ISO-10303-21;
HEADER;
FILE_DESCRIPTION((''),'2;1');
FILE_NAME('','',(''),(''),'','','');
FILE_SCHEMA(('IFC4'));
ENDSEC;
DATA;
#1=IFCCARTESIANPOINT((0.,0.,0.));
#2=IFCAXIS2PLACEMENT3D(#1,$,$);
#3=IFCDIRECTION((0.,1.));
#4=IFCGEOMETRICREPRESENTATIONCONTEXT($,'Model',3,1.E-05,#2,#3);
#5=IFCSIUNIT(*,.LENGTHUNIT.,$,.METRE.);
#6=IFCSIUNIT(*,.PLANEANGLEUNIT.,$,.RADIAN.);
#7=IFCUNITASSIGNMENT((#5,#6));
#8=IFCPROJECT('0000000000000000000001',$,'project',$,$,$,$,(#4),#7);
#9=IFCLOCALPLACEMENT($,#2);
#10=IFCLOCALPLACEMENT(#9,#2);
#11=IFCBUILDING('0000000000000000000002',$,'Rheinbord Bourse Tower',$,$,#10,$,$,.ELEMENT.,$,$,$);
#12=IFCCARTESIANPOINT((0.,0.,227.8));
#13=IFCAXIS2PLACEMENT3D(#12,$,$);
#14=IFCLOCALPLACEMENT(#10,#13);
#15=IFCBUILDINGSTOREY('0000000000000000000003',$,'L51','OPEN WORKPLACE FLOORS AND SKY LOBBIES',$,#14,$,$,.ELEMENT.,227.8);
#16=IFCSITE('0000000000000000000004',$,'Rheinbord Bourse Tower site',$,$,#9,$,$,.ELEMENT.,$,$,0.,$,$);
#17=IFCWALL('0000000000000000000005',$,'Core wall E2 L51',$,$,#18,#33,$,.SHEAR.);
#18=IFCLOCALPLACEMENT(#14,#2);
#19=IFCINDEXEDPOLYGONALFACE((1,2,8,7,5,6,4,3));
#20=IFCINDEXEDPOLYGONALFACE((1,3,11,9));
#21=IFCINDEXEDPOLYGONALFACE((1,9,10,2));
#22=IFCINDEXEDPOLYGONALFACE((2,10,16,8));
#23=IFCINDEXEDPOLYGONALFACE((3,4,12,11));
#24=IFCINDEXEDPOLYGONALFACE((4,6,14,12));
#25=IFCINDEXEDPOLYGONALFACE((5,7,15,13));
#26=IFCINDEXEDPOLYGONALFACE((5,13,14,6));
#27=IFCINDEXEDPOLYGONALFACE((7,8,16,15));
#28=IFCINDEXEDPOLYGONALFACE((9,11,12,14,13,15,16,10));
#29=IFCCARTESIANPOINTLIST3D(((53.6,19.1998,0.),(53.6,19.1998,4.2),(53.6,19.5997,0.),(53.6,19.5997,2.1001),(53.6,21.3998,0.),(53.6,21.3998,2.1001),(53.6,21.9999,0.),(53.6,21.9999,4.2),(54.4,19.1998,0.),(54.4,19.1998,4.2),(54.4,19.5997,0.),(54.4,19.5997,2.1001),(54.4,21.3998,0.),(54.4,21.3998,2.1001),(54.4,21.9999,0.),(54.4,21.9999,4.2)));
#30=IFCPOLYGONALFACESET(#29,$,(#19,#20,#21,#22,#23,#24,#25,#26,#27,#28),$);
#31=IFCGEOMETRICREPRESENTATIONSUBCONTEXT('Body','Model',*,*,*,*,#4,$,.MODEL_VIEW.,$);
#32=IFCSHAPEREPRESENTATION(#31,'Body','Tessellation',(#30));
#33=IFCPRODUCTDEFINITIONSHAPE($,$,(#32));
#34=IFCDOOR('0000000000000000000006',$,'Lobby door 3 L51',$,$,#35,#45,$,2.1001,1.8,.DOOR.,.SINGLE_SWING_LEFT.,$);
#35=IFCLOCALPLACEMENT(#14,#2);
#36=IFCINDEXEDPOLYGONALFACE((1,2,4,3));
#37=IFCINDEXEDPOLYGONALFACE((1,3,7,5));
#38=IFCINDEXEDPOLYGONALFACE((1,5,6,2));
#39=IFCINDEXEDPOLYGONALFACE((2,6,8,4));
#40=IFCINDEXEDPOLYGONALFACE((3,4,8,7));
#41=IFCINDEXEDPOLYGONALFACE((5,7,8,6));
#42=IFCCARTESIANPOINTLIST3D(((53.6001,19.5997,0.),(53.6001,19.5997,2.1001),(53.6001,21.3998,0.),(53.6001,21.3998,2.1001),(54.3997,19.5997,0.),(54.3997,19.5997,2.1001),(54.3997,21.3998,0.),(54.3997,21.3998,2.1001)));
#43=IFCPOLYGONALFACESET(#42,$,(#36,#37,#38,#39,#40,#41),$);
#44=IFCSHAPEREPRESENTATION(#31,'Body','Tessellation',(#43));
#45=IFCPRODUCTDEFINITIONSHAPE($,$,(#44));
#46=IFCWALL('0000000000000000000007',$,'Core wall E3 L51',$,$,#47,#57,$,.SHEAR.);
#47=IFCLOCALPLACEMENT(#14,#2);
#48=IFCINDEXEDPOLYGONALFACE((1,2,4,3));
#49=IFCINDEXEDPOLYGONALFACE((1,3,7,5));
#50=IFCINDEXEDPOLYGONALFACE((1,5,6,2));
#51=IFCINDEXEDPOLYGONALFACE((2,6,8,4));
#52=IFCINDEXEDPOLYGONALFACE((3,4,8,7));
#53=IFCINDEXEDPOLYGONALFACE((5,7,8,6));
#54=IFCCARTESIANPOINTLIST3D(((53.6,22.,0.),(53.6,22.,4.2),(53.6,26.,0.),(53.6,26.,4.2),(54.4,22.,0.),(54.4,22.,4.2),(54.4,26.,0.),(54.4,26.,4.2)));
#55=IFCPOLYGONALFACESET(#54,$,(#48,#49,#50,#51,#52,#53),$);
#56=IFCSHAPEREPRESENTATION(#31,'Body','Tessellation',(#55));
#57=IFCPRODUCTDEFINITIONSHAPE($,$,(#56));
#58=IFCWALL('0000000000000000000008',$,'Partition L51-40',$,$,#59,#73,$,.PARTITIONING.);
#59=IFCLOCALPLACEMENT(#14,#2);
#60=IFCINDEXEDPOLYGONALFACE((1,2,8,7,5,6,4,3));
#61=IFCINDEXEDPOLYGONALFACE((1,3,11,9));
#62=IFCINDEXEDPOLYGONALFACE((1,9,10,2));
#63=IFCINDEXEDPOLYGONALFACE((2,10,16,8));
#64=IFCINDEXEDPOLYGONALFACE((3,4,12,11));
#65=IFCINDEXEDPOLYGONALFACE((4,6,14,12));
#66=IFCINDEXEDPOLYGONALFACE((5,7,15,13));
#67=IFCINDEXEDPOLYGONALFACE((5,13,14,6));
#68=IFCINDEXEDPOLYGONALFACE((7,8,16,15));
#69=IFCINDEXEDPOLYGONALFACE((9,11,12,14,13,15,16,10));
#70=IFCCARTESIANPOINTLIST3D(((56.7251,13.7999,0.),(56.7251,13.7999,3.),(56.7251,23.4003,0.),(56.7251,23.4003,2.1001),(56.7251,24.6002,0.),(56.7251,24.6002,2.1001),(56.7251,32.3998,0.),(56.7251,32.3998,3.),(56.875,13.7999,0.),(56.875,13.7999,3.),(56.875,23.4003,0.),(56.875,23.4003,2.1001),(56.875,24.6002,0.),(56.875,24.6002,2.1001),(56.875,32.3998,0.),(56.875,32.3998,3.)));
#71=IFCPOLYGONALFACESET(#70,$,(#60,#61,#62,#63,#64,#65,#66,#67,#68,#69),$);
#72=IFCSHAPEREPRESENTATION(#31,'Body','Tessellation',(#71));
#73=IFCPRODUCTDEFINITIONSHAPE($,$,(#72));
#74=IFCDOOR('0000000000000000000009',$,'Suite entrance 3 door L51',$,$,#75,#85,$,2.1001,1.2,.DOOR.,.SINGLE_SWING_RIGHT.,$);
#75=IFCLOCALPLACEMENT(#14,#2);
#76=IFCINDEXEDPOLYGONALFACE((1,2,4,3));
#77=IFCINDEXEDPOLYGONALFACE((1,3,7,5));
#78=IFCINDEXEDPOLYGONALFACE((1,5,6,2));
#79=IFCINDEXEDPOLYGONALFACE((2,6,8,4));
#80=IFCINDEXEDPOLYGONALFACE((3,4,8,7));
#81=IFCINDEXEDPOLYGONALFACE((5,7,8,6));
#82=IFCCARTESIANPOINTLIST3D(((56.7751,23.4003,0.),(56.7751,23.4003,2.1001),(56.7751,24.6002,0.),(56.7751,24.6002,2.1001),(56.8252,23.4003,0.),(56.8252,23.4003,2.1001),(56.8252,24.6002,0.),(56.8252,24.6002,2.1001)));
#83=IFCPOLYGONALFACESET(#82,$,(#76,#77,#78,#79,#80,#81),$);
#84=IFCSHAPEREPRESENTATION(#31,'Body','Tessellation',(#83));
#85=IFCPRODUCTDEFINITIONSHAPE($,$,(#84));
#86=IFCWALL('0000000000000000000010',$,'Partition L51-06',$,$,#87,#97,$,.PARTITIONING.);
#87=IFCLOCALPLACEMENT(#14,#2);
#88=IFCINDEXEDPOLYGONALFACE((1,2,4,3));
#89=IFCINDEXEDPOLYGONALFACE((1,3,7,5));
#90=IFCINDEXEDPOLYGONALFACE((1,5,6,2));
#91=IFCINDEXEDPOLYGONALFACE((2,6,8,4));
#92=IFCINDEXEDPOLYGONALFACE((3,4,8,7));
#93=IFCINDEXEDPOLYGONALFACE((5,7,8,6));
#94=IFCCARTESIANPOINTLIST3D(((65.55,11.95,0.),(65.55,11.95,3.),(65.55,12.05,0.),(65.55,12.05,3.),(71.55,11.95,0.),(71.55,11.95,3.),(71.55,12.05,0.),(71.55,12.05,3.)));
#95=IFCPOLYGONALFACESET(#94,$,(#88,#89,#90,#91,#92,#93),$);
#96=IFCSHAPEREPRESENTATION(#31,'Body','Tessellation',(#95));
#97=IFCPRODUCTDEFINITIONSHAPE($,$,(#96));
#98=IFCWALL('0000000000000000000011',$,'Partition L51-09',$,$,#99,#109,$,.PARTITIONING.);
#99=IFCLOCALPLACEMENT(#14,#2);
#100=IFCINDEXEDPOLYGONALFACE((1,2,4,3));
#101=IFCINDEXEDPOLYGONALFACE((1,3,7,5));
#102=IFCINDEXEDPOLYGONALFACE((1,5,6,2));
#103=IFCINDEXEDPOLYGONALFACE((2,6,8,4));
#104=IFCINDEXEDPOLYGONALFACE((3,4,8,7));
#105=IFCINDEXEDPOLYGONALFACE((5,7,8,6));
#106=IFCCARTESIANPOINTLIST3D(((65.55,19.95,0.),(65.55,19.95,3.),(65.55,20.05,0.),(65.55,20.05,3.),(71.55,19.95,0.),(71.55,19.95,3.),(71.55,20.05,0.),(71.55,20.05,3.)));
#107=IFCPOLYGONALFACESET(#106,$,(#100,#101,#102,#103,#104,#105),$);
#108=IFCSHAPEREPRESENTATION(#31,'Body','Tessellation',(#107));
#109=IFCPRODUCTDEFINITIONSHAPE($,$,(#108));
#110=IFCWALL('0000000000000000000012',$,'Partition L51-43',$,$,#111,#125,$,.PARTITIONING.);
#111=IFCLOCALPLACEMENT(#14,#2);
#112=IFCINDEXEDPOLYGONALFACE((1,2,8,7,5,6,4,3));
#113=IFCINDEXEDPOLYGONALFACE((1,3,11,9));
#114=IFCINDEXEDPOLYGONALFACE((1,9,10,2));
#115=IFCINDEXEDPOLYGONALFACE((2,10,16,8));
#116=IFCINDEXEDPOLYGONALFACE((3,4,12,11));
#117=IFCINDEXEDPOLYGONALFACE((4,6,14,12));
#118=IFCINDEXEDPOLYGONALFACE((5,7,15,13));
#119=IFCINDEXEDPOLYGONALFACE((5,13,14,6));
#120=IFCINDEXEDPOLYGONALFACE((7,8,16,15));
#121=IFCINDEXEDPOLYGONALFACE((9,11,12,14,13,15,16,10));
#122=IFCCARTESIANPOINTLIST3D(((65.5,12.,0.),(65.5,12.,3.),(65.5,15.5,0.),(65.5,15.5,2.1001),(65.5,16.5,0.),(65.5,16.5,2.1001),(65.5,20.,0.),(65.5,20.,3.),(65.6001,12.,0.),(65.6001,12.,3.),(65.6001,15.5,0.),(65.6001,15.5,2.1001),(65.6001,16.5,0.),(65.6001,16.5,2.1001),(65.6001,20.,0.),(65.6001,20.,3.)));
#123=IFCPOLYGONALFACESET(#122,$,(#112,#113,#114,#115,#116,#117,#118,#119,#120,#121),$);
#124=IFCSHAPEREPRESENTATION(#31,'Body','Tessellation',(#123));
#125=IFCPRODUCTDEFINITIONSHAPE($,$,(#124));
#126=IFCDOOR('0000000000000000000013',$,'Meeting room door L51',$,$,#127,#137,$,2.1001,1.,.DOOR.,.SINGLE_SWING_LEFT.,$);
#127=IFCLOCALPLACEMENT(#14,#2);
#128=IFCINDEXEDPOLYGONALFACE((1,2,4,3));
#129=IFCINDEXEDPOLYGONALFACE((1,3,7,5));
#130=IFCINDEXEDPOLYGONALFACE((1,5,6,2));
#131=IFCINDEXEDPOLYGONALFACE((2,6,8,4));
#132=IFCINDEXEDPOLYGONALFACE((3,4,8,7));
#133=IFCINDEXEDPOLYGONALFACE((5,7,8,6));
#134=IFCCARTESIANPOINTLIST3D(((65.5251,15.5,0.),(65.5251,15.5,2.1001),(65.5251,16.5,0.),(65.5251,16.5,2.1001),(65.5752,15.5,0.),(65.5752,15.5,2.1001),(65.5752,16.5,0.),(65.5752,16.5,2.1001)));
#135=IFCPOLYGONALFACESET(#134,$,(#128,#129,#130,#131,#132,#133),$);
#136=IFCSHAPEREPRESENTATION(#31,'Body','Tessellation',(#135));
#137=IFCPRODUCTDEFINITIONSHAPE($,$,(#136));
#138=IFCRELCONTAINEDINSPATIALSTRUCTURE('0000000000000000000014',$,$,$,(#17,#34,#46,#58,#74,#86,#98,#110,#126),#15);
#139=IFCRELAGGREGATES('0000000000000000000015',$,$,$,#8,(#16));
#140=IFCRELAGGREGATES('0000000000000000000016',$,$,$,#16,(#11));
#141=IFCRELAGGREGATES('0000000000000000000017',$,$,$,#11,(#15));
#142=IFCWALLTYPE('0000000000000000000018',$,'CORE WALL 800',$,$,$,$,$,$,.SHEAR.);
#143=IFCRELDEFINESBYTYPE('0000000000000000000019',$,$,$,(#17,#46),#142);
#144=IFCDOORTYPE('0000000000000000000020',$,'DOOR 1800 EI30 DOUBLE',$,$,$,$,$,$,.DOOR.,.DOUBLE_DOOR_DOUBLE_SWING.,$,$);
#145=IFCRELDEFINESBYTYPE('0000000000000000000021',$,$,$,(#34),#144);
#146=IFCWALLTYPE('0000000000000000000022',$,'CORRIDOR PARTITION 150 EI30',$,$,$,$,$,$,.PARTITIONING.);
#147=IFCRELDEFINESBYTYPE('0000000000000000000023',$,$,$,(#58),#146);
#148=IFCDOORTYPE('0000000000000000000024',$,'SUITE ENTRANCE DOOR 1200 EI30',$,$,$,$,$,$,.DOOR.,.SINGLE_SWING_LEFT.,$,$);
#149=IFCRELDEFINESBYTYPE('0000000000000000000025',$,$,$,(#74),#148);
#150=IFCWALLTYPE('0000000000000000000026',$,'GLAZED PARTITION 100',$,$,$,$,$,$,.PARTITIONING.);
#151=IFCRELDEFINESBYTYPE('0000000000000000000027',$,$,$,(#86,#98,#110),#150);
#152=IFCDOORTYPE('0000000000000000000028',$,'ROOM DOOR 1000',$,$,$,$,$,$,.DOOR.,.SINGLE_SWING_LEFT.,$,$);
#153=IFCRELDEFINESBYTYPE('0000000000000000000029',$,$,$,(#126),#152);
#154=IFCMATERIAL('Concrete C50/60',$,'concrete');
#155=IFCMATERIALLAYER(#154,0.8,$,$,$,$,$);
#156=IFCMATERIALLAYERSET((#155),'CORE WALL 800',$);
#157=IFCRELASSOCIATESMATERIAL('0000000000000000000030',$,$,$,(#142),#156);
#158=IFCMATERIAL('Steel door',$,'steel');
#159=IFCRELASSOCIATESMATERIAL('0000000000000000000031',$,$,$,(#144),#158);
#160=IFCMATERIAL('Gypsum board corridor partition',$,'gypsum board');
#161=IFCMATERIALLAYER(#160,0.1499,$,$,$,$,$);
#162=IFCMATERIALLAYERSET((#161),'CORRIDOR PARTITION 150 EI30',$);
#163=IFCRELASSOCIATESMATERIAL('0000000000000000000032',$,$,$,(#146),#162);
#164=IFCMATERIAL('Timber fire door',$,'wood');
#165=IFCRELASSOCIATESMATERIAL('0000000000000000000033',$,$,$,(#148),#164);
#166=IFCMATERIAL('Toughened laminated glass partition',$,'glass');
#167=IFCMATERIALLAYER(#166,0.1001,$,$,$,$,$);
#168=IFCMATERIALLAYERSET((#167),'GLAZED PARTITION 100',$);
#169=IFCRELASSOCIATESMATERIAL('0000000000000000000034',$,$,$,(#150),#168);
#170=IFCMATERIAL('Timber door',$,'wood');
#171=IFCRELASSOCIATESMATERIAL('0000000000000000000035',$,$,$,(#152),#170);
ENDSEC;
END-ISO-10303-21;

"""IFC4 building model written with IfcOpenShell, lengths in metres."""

from ifc_helpers import new_model, si_unit, direction, frame, frame_2d, origin, place, context, subcontext, project, spatial, rectangle, extrude, material, layer, layer_set, type_object, element, fill, save


model = new_model("IFC4")

# Units and contexts
model_context = context("Model", 3, precision=1e-05, world=origin(), true_north=direction((0.0, 1.0)))
body_context = subcontext(model_context, "Body", "Model", "MODEL_VIEW")
ifc_project = project(units=[si_unit("LENGTHUNIT", "METRE"), si_unit("PLANEANGLEUNIT", "RADIAN")], contexts=[model_context])

# Site, building, storey
site_placement = place(None, origin())
site = spatial("IfcSite", under=ifc_project, at=site_placement, Name="Rheinbord Bourse Tower site", CompositionType="ELEMENT", RefElevation=0.0)
building_placement = place(site_placement, origin())
building = spatial("IfcBuilding", under=site, at=building_placement, Name="Rheinbord Bourse Tower", CompositionType="ELEMENT")
storey_placement = place(building_placement, frame((0.0, 0.0, 227.8)))
storey = spatial("IfcBuildingStorey", under=building, at=storey_placement, Name="L51", Description="OPEN WORKPLACE FLOORS AND SKY LOBBIES", CompositionType="ELEMENT", Elevation=227.8)

# Shared definitions
ifc_material_1 = material(Name="Concrete C50/60", Category="concrete")
ifc_layer_1 = layer(ifc_material_1, 0.8)
ifc_layer_set_1 = layer_set([ifc_layer_1], Name="CORE WALL 800")
wall_type_1 = type_object("IfcWallType", Name="CORE WALL 800", PredefinedType="SHEAR", material=ifc_layer_set_1)

# Wall, opening, door
wall_1_placement = place(storey_placement, frame((54.0, 19.2, 0.0), z_axis=(0.0, 0.0, 1.0), x_axis=(0.0, 1.0, 0.0)))
wall_1 = element("IfcWall", 1, at=wall_1_placement, inside=storey, type_object=wall_type_1, Name="Core wall E2 L51", PredefinedType="SHEAR", context=body_context, shape_type="SweptSolid", body=[
    extrude(rectangle(XDim=2.8, YDim=0.8, at=frame_2d((1.3999, 0.0))), origin(), (0.0, 0.0, 1.0), 4.2),
])
opening_1_placement = place(wall_1_placement, frame((0.3999, 0.0, 0.0)))
opening_1 = element("IfcOpeningElement", 2, at=opening_1_placement, cuts=wall_1, PredefinedType="OPENING", context=body_context, shape_type="SweptSolid", body=[
    extrude(rectangle(XDim=1.8, YDim=2.1001, at=frame_2d((0.8999, 1.05))), frame((0.0, 0.4099, 0.0), z_axis=(0.0, -1.0, 0.0), x_axis=(1.0, 0.0, 0.0)), (0.0, 0.0, 1.0), 0.8201),
])
ifc_material_2 = material(Name="Steel door", Category="steel")
door_type_1 = type_object("IfcDoorType", Name="DOOR 1800 EI30 DOUBLE", OperationType="DOUBLE_DOOR_DOUBLE_SWING", PredefinedType="DOOR", material=ifc_material_2)
door_1_placement = place(opening_1_placement, origin())
door_1 = element("IfcDoor", 3, at=door_1_placement, inside=storey, type_object=door_type_1, Name="Lobby door 3 L51", OperationType="SINGLE_SWING_LEFT", OverallHeight=2.1001, OverallWidth=1.8, PredefinedType="DOOR", context=body_context, shape_type="SweptSolid", body=[
    extrude(rectangle(XDim=1.8, YDim=2.1001, at=frame_2d((0.8999, 1.05))), frame((0.0, 0.3999, 0.0), z_axis=(0.0, -1.0, 0.0), x_axis=(1.0, 0.0, 0.0)), (0.0, 0.0, 1.0), 0.7996),
])
fill(opening_1, door_1)

# Wall
wall_2_placement = place(storey_placement, frame((54.0, 22.0, 0.0), z_axis=(0.0, 0.0, 1.0), x_axis=(0.0, 1.0, 0.0)))
element("IfcWall", 4, at=wall_2_placement, inside=storey, type_object=wall_type_1, Name="Core wall E3 L51", PredefinedType="SHEAR", context=body_context, shape_type="SweptSolid", body=[
    extrude(rectangle(XDim=4.0, YDim=0.8, at=frame_2d((2.0, 0.0))), origin(), (0.0, 0.0, 1.0), 4.2),
])

# Wall, opening, door
ifc_material_3 = material(Name="Gypsum board corridor partition", Category="gypsum board")
ifc_layer_2 = layer(ifc_material_3, 0.1499)
ifc_layer_set_2 = layer_set([ifc_layer_2], Name="CORRIDOR PARTITION 150 EI30")
wall_type_2 = type_object("IfcWallType", Name="CORRIDOR PARTITION 150 EI30", PredefinedType="PARTITIONING", material=ifc_layer_set_2)
wall_3_placement = place(storey_placement, frame((56.8, 13.8, 0.0), z_axis=(0.0, 0.0, 1.0), x_axis=(0.0, 1.0, 0.0)))
wall_3 = element("IfcWall", 5, at=wall_3_placement, inside=storey, type_object=wall_type_2, Name="Partition L51-40", PredefinedType="PARTITIONING", context=body_context, shape_type="SweptSolid", body=[
    extrude(rectangle(XDim=18.5999, YDim=0.1499, at=frame_2d((9.2998, 0.0))), origin(), (0.0, 0.0, 1.0), 3.0),
])
opening_2_placement = place(wall_3_placement, frame((9.6001, 0.0, 0.0)))
opening_2 = element("IfcOpeningElement", 6, at=opening_2_placement, cuts=wall_3, PredefinedType="OPENING", context=body_context, shape_type="SweptSolid", body=[
    extrude(rectangle(XDim=1.2, YDim=2.1001, at=frame_2d((0.6001, 1.05))), frame((0.0, 0.085, 0.0), z_axis=(0.0, -1.0, 0.0), x_axis=(1.0, 0.0, 0.0)), (0.0, 0.0, 1.0), 0.1699),
])
ifc_material_4 = material(Name="Timber fire door", Category="wood")
door_type_2 = type_object("IfcDoorType", Name="SUITE ENTRANCE DOOR 1200 EI30", OperationType="SINGLE_SWING_LEFT", PredefinedType="DOOR", material=ifc_material_4)
door_2_placement = place(opening_2_placement, origin())
door_2 = element("IfcDoor", 7, at=door_2_placement, inside=storey, type_object=door_type_2, Name="Suite entrance 3 door L51", OperationType="SINGLE_SWING_RIGHT", OverallHeight=2.1001, OverallWidth=1.2, PredefinedType="DOOR", context=body_context, shape_type="SweptSolid", body=[
    extrude(rectangle(XDim=1.2, YDim=2.1001, at=frame_2d((0.6001, 1.05))), frame((0.0, 0.0249, 0.0), z_axis=(0.0, -1.0, 0.0), x_axis=(1.0, 0.0, 0.0)), (0.0, 0.0, 1.0), 0.05),
])
fill(opening_2, door_2)

# Walls
ifc_material_5 = material(Name="Toughened laminated glass partition", Category="glass")
ifc_layer_3 = layer(ifc_material_5, 0.1001)
ifc_layer_set_3 = layer_set([ifc_layer_3], Name="GLAZED PARTITION 100")
wall_type_3 = type_object("IfcWallType", Name="GLAZED PARTITION 100", PredefinedType="PARTITIONING", material=ifc_layer_set_3)
for number, where, z_axis, x_axis, name in (
    (8, (65.55, 12.0, 0.0), (0.0, 0.0, 1.0), (1.0, 0.0, 0.0), "Partition L51-06"),
    (9, (65.55, 20.0, 0.0), (0.0, 0.0, 1.0), (1.0, 0.0, 0.0), "Partition L51-09"),
):
    element("IfcWall", number, at=place(storey_placement, frame(where, z_axis=z_axis, x_axis=x_axis)), inside=storey, type_object=wall_type_3, Name=name, PredefinedType="PARTITIONING", context=body_context, shape_type="SweptSolid", body=[
        extrude(rectangle(XDim=6.0, YDim=0.1001, at=frame_2d((3.0, 0.0))), origin(), (0.0, 0.0, 1.0), 3.0),
    ])

# Wall, opening, door
wall_4_placement = place(storey_placement, frame((65.55, 12.0, 0.0), z_axis=(0.0, 0.0, 1.0), x_axis=(0.0, 1.0, 0.0)))
wall_4 = element("IfcWall", 10, at=wall_4_placement, inside=storey, type_object=wall_type_3, Name="Partition L51-43", PredefinedType="PARTITIONING", context=body_context, shape_type="SweptSolid", body=[
    extrude(rectangle(XDim=8.0, YDim=0.1001, at=frame_2d((4.0, 0.0))), origin(), (0.0, 0.0, 1.0), 3.0),
])
opening_3_placement = place(wall_4_placement, frame((3.5, 0.0, 0.0)))
opening_3 = element("IfcOpeningElement", 11, at=opening_3_placement, cuts=wall_4, PredefinedType="OPENING", context=body_context, shape_type="SweptSolid", body=[
    extrude(rectangle(XDim=1.0, YDim=2.1001, at=frame_2d((0.5, 1.05))), frame((0.0, 0.0601, 0.0), z_axis=(0.0, -1.0, 0.0), x_axis=(1.0, 0.0, 0.0)), (0.0, 0.0, 1.0), 0.1201),
])
ifc_material_6 = material(Name="Timber door", Category="wood")
door_type_3 = type_object("IfcDoorType", Name="ROOM DOOR 1000", OperationType="SINGLE_SWING_LEFT", PredefinedType="DOOR", material=ifc_material_6)
door_3_placement = place(opening_3_placement, origin())
door_3 = element("IfcDoor", 12, at=door_3_placement, inside=storey, type_object=door_type_3, Name="Meeting room door L51", OperationType="SINGLE_SWING_LEFT", OverallHeight=2.1001, OverallWidth=1.0, PredefinedType="DOOR", context=body_context, shape_type="SweptSolid", body=[
    extrude(rectangle(XDim=1.0, YDim=2.1001, at=frame_2d((0.5, 1.05))), frame((0.0, 0.0249, 0.0), z_axis=(0.0, -1.0, 0.0), x_axis=(1.0, 0.0, 0.0)), (0.0, 0.0, 1.0), 0.05),
])
fill(opening_3, door_3)

save(model, "model.ifc")
